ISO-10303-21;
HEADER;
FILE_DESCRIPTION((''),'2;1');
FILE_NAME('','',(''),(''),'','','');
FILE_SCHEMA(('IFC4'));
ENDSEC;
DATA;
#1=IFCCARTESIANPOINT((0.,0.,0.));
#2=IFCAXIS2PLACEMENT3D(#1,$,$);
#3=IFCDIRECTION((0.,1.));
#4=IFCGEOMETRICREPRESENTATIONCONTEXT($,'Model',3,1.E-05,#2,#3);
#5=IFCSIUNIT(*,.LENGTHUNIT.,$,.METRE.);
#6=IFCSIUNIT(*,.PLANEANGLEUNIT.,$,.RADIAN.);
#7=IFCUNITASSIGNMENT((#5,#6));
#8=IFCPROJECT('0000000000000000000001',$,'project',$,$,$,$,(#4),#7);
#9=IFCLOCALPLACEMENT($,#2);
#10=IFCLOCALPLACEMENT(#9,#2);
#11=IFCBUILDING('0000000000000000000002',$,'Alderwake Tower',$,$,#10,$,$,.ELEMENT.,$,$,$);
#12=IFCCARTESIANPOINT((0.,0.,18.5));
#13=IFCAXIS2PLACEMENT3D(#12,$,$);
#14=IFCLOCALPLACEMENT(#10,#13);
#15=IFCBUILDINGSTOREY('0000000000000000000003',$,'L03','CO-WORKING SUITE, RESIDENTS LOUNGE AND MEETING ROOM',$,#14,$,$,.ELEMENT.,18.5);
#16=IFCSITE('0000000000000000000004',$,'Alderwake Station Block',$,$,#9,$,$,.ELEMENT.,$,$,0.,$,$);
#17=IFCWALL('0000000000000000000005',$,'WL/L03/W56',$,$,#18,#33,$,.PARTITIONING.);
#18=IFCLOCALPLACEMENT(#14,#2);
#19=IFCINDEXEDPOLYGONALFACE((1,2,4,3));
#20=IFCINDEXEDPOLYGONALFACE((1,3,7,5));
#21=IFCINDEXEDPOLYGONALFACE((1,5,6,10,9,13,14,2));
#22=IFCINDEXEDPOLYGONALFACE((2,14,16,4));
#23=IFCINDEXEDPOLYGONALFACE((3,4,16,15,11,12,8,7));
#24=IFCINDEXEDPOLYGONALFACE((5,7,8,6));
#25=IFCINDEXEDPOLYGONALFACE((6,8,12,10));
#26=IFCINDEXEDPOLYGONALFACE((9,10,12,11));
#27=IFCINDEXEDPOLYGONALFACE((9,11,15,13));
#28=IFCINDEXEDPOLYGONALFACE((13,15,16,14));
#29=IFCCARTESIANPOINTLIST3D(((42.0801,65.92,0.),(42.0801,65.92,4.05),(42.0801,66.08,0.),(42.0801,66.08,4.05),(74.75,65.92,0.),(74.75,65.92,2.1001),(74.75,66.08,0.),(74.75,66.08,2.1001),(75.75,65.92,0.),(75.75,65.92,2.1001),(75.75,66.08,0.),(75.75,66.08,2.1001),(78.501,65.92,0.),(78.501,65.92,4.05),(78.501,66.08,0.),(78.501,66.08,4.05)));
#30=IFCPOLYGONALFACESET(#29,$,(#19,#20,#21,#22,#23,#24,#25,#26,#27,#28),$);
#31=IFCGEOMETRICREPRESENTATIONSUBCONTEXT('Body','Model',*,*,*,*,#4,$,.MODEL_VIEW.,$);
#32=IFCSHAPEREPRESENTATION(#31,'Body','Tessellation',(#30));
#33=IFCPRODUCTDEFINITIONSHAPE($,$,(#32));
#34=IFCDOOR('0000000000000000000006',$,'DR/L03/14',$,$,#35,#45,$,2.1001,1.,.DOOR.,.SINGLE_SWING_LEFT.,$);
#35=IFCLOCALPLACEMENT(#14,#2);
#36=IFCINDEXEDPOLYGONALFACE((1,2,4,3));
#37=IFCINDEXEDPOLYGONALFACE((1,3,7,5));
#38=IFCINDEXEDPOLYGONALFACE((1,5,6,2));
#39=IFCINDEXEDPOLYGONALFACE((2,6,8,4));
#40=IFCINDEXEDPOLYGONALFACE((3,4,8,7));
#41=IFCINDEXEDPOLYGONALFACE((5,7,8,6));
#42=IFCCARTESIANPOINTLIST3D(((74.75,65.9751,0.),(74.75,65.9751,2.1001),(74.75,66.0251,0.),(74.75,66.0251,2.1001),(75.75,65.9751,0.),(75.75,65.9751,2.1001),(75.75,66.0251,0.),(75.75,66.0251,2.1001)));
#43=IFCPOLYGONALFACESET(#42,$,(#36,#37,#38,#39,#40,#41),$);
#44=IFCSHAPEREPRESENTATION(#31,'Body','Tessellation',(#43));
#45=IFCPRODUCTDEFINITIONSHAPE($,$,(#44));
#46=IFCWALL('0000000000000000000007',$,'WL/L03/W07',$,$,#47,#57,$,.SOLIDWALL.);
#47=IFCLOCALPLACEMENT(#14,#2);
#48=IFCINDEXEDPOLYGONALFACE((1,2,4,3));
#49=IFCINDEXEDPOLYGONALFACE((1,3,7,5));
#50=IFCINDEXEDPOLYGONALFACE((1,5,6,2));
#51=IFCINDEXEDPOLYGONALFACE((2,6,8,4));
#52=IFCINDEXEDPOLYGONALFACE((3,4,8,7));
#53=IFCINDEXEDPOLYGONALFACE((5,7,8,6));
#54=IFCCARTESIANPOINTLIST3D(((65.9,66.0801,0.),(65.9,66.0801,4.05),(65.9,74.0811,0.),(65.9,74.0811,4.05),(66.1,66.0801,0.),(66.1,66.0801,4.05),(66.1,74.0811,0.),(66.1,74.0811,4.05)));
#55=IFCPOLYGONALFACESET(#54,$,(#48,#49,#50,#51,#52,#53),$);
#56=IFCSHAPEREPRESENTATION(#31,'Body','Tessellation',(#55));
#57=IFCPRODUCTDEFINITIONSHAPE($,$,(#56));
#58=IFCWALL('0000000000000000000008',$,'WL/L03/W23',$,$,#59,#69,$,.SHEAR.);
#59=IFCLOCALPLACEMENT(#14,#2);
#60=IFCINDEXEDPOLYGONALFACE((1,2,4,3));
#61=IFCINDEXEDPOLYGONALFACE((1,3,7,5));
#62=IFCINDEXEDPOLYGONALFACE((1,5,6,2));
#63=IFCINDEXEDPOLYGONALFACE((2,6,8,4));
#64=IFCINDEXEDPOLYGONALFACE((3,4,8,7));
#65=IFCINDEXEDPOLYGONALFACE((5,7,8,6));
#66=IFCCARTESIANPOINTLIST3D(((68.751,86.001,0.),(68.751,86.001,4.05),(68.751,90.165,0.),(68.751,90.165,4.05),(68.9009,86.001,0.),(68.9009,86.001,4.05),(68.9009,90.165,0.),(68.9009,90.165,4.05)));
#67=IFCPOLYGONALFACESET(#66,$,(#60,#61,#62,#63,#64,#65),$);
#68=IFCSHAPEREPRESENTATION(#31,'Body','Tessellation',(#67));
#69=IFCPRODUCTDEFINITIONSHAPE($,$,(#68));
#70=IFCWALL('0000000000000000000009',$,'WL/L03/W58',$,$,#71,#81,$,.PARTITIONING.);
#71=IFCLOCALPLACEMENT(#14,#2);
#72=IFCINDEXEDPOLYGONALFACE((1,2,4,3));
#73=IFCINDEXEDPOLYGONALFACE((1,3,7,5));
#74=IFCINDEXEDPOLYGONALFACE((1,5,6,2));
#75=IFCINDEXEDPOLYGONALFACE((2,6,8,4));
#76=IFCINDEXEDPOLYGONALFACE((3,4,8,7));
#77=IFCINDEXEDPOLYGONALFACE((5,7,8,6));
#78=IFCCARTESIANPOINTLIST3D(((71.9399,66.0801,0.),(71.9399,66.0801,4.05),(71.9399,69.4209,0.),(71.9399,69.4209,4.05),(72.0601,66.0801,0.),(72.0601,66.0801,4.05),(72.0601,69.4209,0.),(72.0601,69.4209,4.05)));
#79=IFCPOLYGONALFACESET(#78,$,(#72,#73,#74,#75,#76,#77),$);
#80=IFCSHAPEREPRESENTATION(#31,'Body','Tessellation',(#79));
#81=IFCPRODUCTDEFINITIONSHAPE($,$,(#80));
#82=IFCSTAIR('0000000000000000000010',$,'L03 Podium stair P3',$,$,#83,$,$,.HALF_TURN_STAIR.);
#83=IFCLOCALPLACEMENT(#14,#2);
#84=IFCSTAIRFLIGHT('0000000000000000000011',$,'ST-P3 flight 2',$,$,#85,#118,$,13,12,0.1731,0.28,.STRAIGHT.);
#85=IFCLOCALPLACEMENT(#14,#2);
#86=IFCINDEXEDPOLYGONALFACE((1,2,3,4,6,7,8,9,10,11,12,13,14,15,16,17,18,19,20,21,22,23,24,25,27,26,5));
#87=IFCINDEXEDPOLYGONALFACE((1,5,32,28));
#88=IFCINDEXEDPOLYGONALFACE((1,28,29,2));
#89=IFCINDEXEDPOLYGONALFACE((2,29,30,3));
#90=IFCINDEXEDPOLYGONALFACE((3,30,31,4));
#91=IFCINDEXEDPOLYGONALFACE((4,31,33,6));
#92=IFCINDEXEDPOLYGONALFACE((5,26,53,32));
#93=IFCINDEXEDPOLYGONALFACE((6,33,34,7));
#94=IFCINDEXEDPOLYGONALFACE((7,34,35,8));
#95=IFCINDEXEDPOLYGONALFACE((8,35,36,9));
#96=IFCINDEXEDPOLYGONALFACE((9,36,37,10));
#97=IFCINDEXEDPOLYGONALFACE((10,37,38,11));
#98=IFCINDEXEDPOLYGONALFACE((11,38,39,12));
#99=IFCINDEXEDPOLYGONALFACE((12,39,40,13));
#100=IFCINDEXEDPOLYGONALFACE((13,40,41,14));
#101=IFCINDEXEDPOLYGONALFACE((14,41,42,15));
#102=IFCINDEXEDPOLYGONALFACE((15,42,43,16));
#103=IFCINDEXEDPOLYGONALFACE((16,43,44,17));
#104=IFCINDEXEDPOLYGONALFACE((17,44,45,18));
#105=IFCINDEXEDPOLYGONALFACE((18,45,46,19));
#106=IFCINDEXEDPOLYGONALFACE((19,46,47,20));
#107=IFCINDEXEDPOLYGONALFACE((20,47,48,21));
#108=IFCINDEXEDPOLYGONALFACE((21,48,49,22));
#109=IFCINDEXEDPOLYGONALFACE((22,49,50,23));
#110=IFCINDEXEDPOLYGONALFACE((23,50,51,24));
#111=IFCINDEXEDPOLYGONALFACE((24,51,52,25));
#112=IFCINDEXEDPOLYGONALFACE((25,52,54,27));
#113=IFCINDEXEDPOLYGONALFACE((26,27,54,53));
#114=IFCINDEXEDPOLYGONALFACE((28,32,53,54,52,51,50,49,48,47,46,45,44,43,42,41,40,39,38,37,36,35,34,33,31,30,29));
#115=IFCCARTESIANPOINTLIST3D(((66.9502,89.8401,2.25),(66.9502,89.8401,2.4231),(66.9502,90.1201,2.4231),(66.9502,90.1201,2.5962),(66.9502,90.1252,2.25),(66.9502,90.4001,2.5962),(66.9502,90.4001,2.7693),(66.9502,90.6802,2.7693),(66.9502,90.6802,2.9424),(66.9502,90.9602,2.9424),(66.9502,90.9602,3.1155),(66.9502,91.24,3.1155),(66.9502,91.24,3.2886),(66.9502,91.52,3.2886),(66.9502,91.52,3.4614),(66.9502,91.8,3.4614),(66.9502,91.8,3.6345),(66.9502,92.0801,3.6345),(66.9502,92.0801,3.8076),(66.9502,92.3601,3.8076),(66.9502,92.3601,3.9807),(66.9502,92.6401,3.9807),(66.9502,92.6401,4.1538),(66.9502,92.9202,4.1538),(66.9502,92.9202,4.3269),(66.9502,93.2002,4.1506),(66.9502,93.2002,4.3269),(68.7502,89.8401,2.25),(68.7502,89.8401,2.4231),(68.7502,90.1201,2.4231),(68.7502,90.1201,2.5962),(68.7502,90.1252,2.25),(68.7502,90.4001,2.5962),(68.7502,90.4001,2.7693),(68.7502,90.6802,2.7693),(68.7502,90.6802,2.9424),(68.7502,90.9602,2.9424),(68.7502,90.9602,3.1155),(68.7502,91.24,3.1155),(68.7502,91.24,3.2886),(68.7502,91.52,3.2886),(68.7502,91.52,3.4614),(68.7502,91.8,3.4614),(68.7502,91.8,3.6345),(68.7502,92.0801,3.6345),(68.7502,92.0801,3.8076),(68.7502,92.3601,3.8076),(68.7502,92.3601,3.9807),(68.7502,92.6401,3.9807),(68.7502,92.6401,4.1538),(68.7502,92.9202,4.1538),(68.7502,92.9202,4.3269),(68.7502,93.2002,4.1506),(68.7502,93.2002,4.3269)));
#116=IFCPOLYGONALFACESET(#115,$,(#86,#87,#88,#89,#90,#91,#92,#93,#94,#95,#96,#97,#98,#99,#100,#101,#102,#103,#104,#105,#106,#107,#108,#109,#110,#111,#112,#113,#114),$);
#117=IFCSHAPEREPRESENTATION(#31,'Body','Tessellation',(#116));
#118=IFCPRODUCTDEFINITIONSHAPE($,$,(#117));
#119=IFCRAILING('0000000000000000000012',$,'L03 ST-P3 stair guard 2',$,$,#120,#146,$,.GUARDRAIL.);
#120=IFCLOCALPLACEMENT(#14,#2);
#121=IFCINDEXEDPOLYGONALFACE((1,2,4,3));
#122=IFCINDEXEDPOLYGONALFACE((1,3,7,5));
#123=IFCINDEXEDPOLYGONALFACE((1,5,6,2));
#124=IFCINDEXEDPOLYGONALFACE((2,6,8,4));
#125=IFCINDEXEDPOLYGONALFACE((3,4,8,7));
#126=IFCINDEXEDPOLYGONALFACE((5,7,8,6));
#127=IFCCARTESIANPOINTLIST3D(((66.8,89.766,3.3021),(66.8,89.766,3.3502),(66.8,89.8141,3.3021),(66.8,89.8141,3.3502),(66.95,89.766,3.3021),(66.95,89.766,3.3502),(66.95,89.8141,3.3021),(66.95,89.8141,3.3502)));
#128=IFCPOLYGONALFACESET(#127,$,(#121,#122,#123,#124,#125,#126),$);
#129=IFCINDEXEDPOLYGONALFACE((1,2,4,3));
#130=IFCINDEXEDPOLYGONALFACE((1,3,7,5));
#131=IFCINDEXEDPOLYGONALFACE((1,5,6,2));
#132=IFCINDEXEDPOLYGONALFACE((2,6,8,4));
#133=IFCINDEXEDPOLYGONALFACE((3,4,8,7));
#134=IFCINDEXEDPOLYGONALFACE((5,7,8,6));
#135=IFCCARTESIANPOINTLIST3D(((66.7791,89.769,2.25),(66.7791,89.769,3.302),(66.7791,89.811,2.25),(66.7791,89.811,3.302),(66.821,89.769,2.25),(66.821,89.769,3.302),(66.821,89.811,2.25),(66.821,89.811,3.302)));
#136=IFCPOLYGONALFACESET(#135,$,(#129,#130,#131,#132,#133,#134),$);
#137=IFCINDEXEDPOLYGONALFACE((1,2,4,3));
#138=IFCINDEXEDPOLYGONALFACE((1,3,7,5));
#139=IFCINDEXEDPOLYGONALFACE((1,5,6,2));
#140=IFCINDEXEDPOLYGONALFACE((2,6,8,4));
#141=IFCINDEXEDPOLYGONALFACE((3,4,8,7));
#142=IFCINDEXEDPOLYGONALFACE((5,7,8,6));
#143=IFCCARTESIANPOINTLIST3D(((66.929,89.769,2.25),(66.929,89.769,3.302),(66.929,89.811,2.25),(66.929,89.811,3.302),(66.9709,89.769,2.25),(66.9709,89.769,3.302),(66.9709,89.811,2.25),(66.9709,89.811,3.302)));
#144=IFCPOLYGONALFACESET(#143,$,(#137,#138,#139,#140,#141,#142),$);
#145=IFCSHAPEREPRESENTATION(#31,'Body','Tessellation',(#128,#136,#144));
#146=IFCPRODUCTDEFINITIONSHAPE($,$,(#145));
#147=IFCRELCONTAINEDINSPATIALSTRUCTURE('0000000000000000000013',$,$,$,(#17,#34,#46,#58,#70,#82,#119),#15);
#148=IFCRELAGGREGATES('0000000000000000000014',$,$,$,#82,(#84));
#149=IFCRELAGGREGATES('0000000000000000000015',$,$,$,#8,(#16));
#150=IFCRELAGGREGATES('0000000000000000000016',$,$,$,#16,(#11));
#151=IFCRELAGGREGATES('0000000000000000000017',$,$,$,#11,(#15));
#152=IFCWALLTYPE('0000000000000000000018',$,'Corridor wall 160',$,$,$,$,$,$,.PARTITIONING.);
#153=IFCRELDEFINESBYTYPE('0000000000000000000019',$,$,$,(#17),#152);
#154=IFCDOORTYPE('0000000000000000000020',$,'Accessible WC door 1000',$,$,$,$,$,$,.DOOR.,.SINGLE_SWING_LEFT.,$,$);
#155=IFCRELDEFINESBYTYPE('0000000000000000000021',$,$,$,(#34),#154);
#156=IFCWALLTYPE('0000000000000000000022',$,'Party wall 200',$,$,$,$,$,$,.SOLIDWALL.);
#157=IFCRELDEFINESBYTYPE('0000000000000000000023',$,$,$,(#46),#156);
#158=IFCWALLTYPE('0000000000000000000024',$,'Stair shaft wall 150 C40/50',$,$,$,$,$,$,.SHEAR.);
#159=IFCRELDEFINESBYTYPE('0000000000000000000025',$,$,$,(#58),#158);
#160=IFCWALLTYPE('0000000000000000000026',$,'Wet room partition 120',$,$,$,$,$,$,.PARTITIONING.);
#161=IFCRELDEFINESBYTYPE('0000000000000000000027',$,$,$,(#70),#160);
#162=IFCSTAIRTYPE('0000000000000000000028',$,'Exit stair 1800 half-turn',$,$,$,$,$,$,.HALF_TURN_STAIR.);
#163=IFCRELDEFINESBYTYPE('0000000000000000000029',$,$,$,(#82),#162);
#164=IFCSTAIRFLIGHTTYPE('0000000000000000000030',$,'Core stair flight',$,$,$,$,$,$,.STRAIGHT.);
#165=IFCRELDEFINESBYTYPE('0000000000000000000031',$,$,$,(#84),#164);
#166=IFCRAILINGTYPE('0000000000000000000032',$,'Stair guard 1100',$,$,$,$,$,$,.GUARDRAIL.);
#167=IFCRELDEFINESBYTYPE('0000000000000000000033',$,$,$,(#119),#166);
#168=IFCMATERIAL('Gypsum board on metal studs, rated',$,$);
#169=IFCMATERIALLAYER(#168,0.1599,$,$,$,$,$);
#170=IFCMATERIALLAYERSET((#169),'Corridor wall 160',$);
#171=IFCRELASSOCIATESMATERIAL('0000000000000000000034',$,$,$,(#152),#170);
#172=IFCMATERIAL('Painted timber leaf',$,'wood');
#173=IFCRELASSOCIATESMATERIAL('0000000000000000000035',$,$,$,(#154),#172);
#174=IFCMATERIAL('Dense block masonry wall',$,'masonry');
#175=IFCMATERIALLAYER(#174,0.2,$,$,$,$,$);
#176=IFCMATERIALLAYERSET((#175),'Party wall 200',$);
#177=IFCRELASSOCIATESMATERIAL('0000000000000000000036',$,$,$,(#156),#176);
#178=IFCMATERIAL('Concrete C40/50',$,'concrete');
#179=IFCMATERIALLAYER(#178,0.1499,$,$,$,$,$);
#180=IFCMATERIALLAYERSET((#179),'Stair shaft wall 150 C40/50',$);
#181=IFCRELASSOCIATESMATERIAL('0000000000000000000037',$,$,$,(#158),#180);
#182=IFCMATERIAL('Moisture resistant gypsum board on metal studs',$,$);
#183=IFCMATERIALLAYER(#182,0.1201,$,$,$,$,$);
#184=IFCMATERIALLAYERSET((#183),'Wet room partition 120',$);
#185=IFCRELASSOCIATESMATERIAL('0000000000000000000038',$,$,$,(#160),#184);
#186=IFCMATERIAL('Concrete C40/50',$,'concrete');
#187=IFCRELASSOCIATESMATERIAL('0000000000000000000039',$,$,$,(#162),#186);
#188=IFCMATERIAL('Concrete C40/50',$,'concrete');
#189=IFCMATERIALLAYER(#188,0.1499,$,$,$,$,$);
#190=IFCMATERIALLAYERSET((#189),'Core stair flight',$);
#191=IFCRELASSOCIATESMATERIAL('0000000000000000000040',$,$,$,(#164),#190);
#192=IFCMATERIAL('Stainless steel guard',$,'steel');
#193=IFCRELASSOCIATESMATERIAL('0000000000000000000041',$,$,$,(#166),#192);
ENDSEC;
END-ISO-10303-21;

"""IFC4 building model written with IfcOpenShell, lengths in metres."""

from ifc_helpers import new_model, si_unit, direction, frame, frame_2d, origin, origin_with_axes, origin_2d, place, context, subcontext, project, spatial, polyline, rectangle, outline, extrude, material, layer, layer_set, type_object, element, fill, aggregate, save


model = new_model("IFC4")

# Units and contexts
model_context = context("Model", 3, precision=1e-05, world=origin(), true_north=direction((0.0, 1.0)))
body_context = subcontext(model_context, "Body", "Model", "MODEL_VIEW")
ifc_project = project(units=[si_unit("LENGTHUNIT", "METRE"), si_unit("PLANEANGLEUNIT", "RADIAN")], contexts=[model_context])

# Site, building, storey
site_placement = place(None, origin())
site = spatial("IfcSite", under=ifc_project, at=site_placement, Name="Alderwake Station Block", CompositionType="ELEMENT", RefElevation=0.0)
building_placement = place(site_placement, origin())
building = spatial("IfcBuilding", under=site, at=building_placement, Name="Alderwake Tower", CompositionType="ELEMENT")
storey_placement = place(building_placement, frame((0.0, 0.0, 18.5)))
storey = spatial("IfcBuildingStorey", under=building, at=storey_placement, Name="L03", Description="CO-WORKING SUITE, RESIDENTS LOUNGE AND MEETING ROOM", CompositionType="ELEMENT", Elevation=18.5)

# Shared definitions
ifc_material_1 = material(Name="Gypsum board on metal studs, rated")
ifc_layer_1 = layer(ifc_material_1, 0.1599)
ifc_layer_set_1 = layer_set([ifc_layer_1], Name="Corridor wall 160")
wall_type_1 = type_object("IfcWallType", Name="Corridor wall 160", PredefinedType="PARTITIONING", material=ifc_layer_set_1)

# Wall, opening, door
wall_1_placement = place(storey_placement, frame((78.501, 66.0, 0.0), z_axis=(0.0, 0.0, 1.0), x_axis=(-1.0, 0.0, 0.0)))
wall_1 = element("IfcWall", 1, at=wall_1_placement, inside=storey, type_object=wall_type_1, Name="WL/L03/W56", PredefinedType="PARTITIONING", context=body_context, shape_type="SweptSolid", body=[
    extrude(rectangle(XDim=36.4209, YDim=0.1599, at=frame_2d((18.2104, 0.0))), origin(), (0.0, 0.0, 1.0), 4.05),
])
opening_1_placement = place(wall_1_placement, frame((2.751, 0.0, 0.0)))
opening_1 = element("IfcOpeningElement", 2, at=opening_1_placement, cuts=wall_1, PredefinedType="OPENING", context=body_context, shape_type="SweptSolid", body=[
    extrude(rectangle(XDim=1.0, YDim=2.1001, at=frame_2d((0.5, 1.05))), frame((0.0, 0.0898, 0.0), z_axis=(0.0, -1.0, 0.0), x_axis=(1.0, 0.0, 0.0)), (0.0, 0.0, 1.0), 0.1799),
])
ifc_material_2 = material(Name="Painted timber leaf", Category="wood")
door_type_1 = type_object("IfcDoorType", Name="Accessible WC door 1000", OperationType="SINGLE_SWING_LEFT", PredefinedType="DOOR", material=ifc_material_2)
door_1_placement = place(opening_1_placement, origin())
door_1 = element("IfcDoor", 3, at=door_1_placement, inside=storey, type_object=door_type_1, Name="DR/L03/14", OperationType="SINGLE_SWING_LEFT", OverallHeight=2.1001, OverallWidth=1.0, PredefinedType="DOOR", context=body_context, shape_type="SweptSolid", body=[
    extrude(rectangle(XDim=1.0, YDim=2.1001, at=frame_2d((0.5, 1.05))), frame((0.0, 0.0249, 0.0), z_axis=(0.0, -1.0, 0.0), x_axis=(1.0, 0.0, 0.0)), (0.0, 0.0, 1.0), 0.05),
])
fill(opening_1, door_1)

# Walls
ifc_material_3 = material(Name="Dense block masonry wall", Category="masonry")
ifc_layer_2 = layer(ifc_material_3, 0.2)
ifc_layer_set_2 = layer_set([ifc_layer_2], Name="Party wall 200")
wall_type_2 = type_object("IfcWallType", Name="Party wall 200", PredefinedType="SOLIDWALL", material=ifc_layer_set_2)
wall_2_placement = place(storey_placement, frame((66.0, 66.0801, 0.0), z_axis=(0.0, 0.0, 1.0), x_axis=(0.0, 1.0, 0.0)))
element("IfcWall", 4, at=wall_2_placement, inside=storey, type_object=wall_type_2, Name="WL/L03/W07", PredefinedType="SOLIDWALL", context=body_context, shape_type="SweptSolid", body=[
    extrude(rectangle(XDim=8.001, YDim=0.2, at=frame_2d((4.0005, 0.0))), origin(), (0.0, 0.0, 1.0), 4.05),
])
ifc_material_4 = material(Name="Concrete C40/50", Category="concrete")
ifc_layer_3 = layer(ifc_material_4, 0.1499)
ifc_layer_set_3 = layer_set([ifc_layer_3], Name="Stair shaft wall 150 C40/50")
wall_type_3 = type_object("IfcWallType", Name="Stair shaft wall 150 C40/50", PredefinedType="SHEAR", material=ifc_layer_set_3)
wall_3_placement = place(storey_placement, frame((68.8259, 86.001, 0.0), z_axis=(0.0, 0.0, 1.0), x_axis=(0.0, 1.0, 0.0)))
element("IfcWall", 5, at=wall_3_placement, inside=storey, type_object=wall_type_3, Name="WL/L03/W23", PredefinedType="SHEAR", context=body_context, shape_type="SweptSolid", body=[
    extrude(rectangle(XDim=4.1641, YDim=0.1499, at=frame_2d((2.082, 0.0))), origin(), (0.0, 0.0, 1.0), 4.05),
])
ifc_material_5 = material(Name="Moisture resistant gypsum board on metal studs")
ifc_layer_4 = layer(ifc_material_5, 0.1201)
ifc_layer_set_4 = layer_set([ifc_layer_4], Name="Wet room partition 120")
wall_type_4 = type_object("IfcWallType", Name="Wet room partition 120", PredefinedType="PARTITIONING", material=ifc_layer_set_4)
wall_4_placement = place(storey_placement, frame((72.0, 66.0801, 0.0), z_axis=(0.0, 0.0, 1.0), x_axis=(0.0, 1.0, 0.0)))
element("IfcWall", 6, at=wall_4_placement, inside=storey, type_object=wall_type_4, Name="WL/L03/W58", PredefinedType="PARTITIONING", context=body_context, shape_type="SweptSolid", body=[
    extrude(rectangle(XDim=3.3408, YDim=0.1201, at=frame_2d((1.6704, 0.0))), origin(), (0.0, 0.0, 1.0), 4.05),
])

# Stair, stair flight
ifc_material_6 = material(Name="Concrete C40/50", Category="concrete")
stair_type = type_object("IfcStairType", Name="Exit stair 1800 half-turn", PredefinedType="HALF_TURN_STAIR", material=ifc_material_6)
stair_placement = place(storey_placement, origin())
stair = element("IfcStair", 7, at=stair_placement, inside=storey, type_object=stair_type, Name="L03 Podium stair P3", PredefinedType="HALF_TURN_STAIR")
ifc_material_7 = material(Name="Concrete C40/50", Category="concrete")
ifc_layer_5 = layer(ifc_material_7, 0.1499)
ifc_layer_set_5 = layer_set([ifc_layer_5], Name="Core stair flight")
stair_flight_type = type_object("IfcStairFlightType", Name="Core stair flight", PredefinedType="STRAIGHT", material=ifc_layer_set_5)
stair_flight_placement = place(storey_placement, frame((67.8501, 89.8401, 2.25), z_axis=(0.0, 0.0, 1.0), x_axis=(0.0, 1.0, 0.0)))
stair_flight = element("IfcStairFlight", 8, at=stair_flight_placement, type_object=stair_flight_type, Name="ST-P3 flight 2", NumberOfRisers=13, NumberOfTreads=12, PredefinedType="STRAIGHT", RiserHeight=0.1731, TreadLength=0.28, context=body_context, shape_type="SweptSolid", body=[
    extrude(outline(polyline([(0.0, 0.0), (0.0, 0.1731), (0.28, 0.1731), (0.28, 0.3462), (0.5601, 0.3462), (0.5601, 0.5193), (0.8401, 0.5193), (0.8401, 0.6924), (1.1201, 0.6924), (1.1201, 0.8655), (1.3999, 0.8655), (1.3999, 1.0386), (1.6799, 1.0386), (1.6799, 1.2114), (1.96, 1.2114), (1.96, 1.3845), (2.24, 1.3845), (2.24, 1.5576), (2.52, 1.5576), (2.52, 1.7307), (2.8, 1.7307), (2.8, 1.9038), (3.0801, 1.9038), (3.0801, 2.0769), (3.3601, 2.0769), (3.3601, 2.25), (3.3601, 1.9006), (0.2852, 0.0), (0.0, 0.0)])), frame((0.0, 0.8999, 0.0), z_axis=(0.0, -1.0, 0.0), x_axis=(1.0, 0.0, 0.0)), (0.0, 0.0, 1.0), 1.8),
])
aggregate(stair, [stair_flight])

# Railing
ifc_material_8 = material(Name="Stainless steel guard", Category="steel")
railing_type = type_object("IfcRailingType", Name="Stair guard 1100", PredefinedType="GUARDRAIL", material=ifc_material_8)
railing_1_placement = place(storey_placement, frame((66.8, 89.79, 2.25)))
element("IfcRailing", 9, at=railing_1_placement, inside=storey, type_object=railing_type, Name="L03 ST-P3 stair guard 2", PredefinedType="GUARDRAIL", context=body_context, shape_type="SweptSolid", body=[
    extrude(rectangle(XDim=0.0481, YDim=0.0481, at=origin_2d()), frame((0.0, 0.0, 1.0762), z_axis=(1.0, 0.0, 0.0), x_axis=(0.0, 1.0, 0.0)), (0.0, 0.0, 1.0), 0.1499),
    extrude(rectangle(XDim=0.042, YDim=0.042, at=origin_2d()), origin_with_axes(), (0.0, 0.0, 1.0), 1.052),
    extrude(rectangle(XDim=0.042, YDim=0.042, at=origin_2d()), frame((0.1499, 0.0, 0.0), z_axis=(0.0, 0.0, 1.0), x_axis=(1.0, 0.0, 0.0)), (0.0, 0.0, 1.0), 1.052),
])

save(model, "model.ifc")
